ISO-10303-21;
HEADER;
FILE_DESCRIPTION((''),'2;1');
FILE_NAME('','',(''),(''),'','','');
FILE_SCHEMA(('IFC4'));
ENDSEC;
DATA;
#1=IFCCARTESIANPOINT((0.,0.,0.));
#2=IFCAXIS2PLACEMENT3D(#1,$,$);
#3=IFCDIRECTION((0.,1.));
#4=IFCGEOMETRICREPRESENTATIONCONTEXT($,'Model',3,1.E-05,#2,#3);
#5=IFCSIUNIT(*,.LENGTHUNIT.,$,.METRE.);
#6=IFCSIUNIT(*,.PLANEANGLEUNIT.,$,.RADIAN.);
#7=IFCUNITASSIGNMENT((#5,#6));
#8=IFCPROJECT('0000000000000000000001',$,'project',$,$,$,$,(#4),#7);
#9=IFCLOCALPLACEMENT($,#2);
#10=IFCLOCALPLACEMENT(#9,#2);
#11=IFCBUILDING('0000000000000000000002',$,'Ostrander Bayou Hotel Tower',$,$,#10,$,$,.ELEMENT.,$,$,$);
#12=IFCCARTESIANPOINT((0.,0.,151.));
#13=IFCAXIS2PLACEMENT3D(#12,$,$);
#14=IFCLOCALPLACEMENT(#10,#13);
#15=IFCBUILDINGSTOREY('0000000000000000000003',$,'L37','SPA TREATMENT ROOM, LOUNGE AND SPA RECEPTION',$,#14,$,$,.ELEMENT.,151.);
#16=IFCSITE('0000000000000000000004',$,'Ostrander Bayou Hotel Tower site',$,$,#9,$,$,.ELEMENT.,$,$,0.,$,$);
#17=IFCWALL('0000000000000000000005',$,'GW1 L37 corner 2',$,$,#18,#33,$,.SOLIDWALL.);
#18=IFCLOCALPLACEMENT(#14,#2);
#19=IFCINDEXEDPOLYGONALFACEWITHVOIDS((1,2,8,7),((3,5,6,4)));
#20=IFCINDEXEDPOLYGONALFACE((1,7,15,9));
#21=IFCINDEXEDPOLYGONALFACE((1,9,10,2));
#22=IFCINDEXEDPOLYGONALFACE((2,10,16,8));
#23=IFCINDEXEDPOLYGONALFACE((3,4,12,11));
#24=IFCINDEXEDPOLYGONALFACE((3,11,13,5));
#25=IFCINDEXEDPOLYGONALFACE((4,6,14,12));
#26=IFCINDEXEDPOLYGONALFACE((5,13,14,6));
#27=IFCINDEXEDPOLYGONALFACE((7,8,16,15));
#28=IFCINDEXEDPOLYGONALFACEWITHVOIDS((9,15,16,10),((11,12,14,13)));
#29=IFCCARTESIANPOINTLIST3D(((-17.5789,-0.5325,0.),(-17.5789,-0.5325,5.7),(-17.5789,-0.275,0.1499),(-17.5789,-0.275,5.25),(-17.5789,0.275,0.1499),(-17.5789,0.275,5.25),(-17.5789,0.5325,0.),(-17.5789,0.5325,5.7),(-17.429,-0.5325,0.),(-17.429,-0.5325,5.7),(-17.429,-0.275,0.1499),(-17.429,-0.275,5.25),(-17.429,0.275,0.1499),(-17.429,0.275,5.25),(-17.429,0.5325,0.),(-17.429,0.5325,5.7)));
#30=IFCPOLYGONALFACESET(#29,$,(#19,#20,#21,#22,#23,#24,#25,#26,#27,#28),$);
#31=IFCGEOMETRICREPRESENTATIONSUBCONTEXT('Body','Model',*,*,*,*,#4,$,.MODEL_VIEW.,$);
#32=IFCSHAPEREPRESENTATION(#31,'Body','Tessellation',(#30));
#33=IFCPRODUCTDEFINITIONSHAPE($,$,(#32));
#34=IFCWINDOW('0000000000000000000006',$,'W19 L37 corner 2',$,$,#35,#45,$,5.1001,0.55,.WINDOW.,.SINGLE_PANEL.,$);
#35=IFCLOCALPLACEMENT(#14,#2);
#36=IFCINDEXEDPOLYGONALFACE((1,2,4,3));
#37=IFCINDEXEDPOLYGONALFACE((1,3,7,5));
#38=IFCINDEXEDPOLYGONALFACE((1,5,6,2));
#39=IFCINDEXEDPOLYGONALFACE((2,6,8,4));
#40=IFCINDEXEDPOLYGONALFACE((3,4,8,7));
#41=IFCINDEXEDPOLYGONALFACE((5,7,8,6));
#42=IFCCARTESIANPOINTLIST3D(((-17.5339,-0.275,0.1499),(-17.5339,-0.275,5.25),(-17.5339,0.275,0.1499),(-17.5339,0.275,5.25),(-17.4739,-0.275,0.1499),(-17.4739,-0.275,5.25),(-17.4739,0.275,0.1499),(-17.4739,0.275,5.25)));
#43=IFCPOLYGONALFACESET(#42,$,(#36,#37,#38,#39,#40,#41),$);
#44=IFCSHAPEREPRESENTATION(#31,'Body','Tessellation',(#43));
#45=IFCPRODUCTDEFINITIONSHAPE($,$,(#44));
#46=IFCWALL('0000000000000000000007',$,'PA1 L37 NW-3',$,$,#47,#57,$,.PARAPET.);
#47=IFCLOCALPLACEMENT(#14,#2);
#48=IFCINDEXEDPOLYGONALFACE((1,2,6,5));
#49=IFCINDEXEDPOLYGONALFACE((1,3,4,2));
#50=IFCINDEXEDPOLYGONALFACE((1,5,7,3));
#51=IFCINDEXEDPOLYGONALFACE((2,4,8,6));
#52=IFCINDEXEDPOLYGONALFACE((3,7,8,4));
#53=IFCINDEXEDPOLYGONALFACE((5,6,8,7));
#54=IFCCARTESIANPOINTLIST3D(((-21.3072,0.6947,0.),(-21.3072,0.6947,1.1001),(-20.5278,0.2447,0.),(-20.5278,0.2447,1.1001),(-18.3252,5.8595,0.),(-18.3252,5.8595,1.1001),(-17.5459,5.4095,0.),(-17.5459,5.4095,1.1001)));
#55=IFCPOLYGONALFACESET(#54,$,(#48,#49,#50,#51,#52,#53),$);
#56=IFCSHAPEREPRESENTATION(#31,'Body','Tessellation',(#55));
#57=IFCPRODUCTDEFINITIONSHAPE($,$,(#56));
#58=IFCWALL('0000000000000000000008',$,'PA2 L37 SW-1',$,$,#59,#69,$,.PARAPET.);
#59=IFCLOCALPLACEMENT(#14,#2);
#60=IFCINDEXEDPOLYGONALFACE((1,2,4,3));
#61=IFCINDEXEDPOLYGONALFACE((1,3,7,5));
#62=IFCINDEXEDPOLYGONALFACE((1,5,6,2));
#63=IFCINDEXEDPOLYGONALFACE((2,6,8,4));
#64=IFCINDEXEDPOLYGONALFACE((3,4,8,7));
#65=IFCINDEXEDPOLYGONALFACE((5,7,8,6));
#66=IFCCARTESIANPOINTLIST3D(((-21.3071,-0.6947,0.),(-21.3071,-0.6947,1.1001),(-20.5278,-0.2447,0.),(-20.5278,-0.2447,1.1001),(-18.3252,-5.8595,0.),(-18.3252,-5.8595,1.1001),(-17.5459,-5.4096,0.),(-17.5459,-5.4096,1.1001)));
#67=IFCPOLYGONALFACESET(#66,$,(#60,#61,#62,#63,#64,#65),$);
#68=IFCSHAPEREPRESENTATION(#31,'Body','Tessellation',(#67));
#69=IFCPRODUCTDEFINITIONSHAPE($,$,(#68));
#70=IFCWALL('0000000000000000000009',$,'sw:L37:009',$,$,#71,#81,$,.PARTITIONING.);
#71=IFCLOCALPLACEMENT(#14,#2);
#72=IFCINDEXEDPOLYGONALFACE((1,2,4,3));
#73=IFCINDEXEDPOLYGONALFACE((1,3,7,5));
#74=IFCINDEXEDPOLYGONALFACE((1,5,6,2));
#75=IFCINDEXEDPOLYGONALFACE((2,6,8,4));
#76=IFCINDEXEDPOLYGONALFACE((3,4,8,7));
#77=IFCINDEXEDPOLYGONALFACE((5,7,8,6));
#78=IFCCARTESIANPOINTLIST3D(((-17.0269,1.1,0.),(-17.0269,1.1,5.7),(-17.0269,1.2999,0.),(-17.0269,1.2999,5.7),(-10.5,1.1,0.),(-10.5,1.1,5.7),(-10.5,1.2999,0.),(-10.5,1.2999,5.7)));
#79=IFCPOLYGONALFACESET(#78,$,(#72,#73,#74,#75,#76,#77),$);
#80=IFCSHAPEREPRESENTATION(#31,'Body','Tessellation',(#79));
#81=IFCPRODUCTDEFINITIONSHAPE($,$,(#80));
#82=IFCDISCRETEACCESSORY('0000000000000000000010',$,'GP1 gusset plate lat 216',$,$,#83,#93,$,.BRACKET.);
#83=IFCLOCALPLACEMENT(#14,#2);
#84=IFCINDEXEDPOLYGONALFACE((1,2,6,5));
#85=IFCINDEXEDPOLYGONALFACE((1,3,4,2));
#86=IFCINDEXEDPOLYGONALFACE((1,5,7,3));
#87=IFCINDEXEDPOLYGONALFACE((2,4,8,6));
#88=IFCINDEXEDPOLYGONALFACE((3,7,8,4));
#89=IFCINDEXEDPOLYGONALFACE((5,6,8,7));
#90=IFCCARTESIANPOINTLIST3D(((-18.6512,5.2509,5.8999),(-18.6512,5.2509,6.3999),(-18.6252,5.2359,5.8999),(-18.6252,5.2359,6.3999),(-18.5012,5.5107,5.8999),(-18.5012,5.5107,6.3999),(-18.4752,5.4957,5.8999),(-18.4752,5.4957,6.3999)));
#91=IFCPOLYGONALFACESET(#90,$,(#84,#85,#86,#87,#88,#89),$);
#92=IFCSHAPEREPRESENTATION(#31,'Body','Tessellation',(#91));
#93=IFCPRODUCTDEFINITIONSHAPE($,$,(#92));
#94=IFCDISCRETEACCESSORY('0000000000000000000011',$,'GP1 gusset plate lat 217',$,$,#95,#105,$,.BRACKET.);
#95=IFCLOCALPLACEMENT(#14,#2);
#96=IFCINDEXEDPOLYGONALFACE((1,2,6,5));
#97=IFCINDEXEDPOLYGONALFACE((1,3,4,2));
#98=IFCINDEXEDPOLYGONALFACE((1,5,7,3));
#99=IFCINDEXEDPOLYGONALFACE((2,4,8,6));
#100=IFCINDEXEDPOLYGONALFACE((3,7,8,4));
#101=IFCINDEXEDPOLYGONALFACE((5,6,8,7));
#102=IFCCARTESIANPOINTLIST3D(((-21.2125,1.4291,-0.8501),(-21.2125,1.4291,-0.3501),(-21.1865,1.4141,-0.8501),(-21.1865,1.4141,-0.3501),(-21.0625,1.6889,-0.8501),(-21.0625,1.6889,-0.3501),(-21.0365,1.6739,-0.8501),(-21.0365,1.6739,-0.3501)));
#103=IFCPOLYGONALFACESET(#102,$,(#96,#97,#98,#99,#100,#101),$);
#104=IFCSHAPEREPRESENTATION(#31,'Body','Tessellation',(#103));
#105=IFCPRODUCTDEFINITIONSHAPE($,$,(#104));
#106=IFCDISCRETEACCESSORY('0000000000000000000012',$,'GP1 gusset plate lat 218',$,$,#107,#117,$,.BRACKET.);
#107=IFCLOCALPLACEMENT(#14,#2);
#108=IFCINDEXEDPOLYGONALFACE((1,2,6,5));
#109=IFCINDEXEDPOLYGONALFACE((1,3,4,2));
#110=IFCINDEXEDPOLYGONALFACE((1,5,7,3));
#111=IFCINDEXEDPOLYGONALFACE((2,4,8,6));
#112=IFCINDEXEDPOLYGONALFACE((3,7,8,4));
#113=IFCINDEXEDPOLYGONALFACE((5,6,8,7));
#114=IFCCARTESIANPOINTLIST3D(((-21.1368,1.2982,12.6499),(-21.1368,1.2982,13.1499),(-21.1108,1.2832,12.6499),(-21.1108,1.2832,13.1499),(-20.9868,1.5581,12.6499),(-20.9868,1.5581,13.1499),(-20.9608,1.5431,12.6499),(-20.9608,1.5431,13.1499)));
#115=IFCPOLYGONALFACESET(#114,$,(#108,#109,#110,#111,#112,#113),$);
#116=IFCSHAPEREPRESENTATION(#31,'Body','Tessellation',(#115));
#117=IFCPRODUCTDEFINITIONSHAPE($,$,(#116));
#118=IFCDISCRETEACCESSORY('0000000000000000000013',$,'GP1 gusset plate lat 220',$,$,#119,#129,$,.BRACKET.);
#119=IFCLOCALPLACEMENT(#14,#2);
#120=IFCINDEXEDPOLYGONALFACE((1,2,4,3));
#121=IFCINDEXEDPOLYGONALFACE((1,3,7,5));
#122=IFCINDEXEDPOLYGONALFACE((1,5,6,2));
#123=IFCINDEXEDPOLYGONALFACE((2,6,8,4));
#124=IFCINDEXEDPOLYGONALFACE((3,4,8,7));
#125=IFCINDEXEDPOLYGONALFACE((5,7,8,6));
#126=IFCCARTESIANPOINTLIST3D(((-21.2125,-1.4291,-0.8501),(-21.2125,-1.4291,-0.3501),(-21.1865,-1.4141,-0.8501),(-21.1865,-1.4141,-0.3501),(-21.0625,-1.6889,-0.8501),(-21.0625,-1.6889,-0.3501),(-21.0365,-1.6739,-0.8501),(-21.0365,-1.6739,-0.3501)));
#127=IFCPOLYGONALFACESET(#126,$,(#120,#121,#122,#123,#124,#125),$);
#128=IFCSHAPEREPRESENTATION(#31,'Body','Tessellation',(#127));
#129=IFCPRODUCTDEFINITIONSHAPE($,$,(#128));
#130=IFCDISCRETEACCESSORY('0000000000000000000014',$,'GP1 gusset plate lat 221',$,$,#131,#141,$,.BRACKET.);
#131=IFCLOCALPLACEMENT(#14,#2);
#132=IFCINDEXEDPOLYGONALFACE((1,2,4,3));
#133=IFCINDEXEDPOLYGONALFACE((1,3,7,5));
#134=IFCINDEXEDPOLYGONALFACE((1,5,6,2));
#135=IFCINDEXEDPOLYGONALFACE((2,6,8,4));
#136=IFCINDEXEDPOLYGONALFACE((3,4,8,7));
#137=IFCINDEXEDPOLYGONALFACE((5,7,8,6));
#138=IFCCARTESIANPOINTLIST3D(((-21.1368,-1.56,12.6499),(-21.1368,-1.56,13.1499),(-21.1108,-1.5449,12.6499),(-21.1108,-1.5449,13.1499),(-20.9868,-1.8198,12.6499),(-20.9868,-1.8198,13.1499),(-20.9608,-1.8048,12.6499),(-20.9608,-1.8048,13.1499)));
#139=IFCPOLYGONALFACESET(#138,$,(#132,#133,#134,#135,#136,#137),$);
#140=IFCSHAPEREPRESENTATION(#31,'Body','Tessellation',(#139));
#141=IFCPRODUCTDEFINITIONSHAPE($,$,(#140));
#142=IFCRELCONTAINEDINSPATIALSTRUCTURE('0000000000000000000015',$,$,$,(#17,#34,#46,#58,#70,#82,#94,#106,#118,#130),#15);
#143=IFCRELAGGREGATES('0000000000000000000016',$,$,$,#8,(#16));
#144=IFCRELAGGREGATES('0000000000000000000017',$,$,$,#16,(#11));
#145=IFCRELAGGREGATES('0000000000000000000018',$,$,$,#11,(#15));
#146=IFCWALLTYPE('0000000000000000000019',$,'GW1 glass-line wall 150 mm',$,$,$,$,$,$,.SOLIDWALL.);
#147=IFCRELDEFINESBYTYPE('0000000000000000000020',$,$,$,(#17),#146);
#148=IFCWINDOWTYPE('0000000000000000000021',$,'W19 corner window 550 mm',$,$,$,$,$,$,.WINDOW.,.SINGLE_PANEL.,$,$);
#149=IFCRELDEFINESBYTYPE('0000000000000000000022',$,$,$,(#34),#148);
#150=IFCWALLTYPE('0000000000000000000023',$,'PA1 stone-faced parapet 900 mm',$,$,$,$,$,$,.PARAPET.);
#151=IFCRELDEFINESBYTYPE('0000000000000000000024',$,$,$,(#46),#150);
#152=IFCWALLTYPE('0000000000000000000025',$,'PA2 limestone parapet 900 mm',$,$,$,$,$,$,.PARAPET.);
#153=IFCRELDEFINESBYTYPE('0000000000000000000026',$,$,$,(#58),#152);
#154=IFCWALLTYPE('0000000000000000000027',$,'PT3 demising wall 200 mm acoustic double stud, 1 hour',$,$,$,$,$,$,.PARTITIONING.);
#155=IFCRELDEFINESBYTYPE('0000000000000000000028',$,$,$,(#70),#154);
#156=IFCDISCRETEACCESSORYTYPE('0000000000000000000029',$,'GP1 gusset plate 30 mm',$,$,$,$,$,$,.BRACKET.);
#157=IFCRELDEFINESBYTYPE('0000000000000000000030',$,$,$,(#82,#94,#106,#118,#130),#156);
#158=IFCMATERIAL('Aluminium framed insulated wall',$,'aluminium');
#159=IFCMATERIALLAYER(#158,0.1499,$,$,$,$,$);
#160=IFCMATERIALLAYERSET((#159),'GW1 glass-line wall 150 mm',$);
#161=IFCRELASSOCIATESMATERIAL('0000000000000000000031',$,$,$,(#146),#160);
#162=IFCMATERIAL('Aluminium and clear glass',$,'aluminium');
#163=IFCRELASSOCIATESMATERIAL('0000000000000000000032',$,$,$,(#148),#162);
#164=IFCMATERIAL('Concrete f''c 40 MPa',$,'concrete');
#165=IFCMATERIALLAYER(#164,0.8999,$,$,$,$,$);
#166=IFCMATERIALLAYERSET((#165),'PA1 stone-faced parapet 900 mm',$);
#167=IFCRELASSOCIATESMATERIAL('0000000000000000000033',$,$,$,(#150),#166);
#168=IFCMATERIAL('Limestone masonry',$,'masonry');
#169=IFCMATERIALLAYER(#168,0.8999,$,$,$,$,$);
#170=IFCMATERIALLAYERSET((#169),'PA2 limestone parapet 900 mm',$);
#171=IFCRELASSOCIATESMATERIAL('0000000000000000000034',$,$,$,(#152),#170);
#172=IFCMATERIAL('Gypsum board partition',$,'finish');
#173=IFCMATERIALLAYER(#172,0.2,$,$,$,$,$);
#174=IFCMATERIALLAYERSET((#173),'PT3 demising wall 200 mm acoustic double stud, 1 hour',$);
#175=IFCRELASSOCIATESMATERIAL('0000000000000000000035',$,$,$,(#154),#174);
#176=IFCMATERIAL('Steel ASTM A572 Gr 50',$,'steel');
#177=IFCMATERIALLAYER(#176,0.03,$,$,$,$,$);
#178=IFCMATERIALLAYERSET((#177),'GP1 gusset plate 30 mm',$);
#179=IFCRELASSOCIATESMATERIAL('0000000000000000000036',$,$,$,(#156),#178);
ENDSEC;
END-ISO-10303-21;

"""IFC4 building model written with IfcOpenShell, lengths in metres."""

from ifc_helpers import new_model, si_unit, direction, frame, frame_2d, origin, origin_2d, place, context, subcontext, project, spatial, rectangle, extrude, material, layer, layer_set, type_object, element, fill, save


model = new_model("IFC4")

# Units and contexts
model_context = context("Model", 3, precision=1e-05, world=origin(), true_north=direction((0.0, 1.0)))
body_context = subcontext(model_context, "Body", "Model", "MODEL_VIEW")
ifc_project = project(units=[si_unit("LENGTHUNIT", "METRE"), si_unit("PLANEANGLEUNIT", "RADIAN")], contexts=[model_context])

# Site, building, storey
site_placement = place(None, origin())
site = spatial("IfcSite", under=ifc_project, at=site_placement, Name="Ostrander Bayou Hotel Tower site", CompositionType="ELEMENT", RefElevation=0.0)
building_placement = place(site_placement, origin())
building = spatial("IfcBuilding", under=site, at=building_placement, Name="Ostrander Bayou Hotel Tower", CompositionType="ELEMENT")
storey_placement = place(building_placement, frame((0.0, 0.0, 151.0)))
storey = spatial("IfcBuildingStorey", under=building, at=storey_placement, Name="L37", Description="SPA TREATMENT ROOM, LOUNGE AND SPA RECEPTION", CompositionType="ELEMENT", Elevation=151.0)

# Shared definitions
ifc_material_1 = material(Name="Aluminium framed insulated wall", Category="aluminium")
ifc_layer_1 = layer(ifc_material_1, 0.1499)
ifc_layer_set_1 = layer_set([ifc_layer_1], Name="GW1 glass-line wall 150 mm")
wall_type_1 = type_object("IfcWallType", Name="GW1 glass-line wall 150 mm", PredefinedType="SOLIDWALL", material=ifc_layer_set_1)

# Wall, opening, window
wall_1_placement = place(storey_placement, frame((-17.5039, 0.5325, 0.0), z_axis=(0.0, 0.0, 1.0), x_axis=(0.0, -1.0, 0.0)))
wall_1 = element("IfcWall", 1, at=wall_1_placement, inside=storey, type_object=wall_type_1, Name="GW1 L37 corner 2", PredefinedType="SOLIDWALL", context=body_context, shape_type="SweptSolid", body=[
    extrude(rectangle(XDim=1.0649, YDim=0.1499, at=frame_2d((0.5325, 0.0))), origin(), (0.0, 0.0, 1.0), 5.7),
])
opening_placement = place(wall_1_placement, frame((0.2576, 0.0, 0.1499)))
opening = element("IfcOpeningElement", 2, at=opening_placement, cuts=wall_1, PredefinedType="OPENING", context=body_context, shape_type="SweptSolid", body=[
    extrude(rectangle(XDim=0.55, YDim=5.1001, at=frame_2d((0.2749, 2.55))), frame((0.0, 0.075, 0.0), z_axis=(0.0, -1.0, 0.0), x_axis=(1.0, 0.0, 0.0)), (0.0, 0.0, 1.0), 0.1499),
])
ifc_material_2 = material(Name="Aluminium and clear glass", Category="aluminium")
window_type = type_object("IfcWindowType", Name="W19 corner window 550 mm", PartitioningType="SINGLE_PANEL", PredefinedType="WINDOW", material=ifc_material_2)
window_placement = place(opening_placement, origin())
window = element("IfcWindow", 3, at=window_placement, inside=storey, type_object=window_type, Name="W19 L37 corner 2", OverallHeight=5.1001, OverallWidth=0.55, PartitioningType="SINGLE_PANEL", PredefinedType="WINDOW", context=body_context, shape_type="SweptSolid", body=[
    extrude(rectangle(XDim=0.55, YDim=5.1001, at=frame_2d((0.2749, 2.55))), frame((0.0, 0.03, 0.0), z_axis=(0.0, -1.0, 0.0), x_axis=(1.0, 0.0, 0.0)), (0.0, 0.0, 1.0), 0.0601),
])
fill(opening, window)

# Walls
ifc_material_3 = material(Name="Concrete f'c 40 MPa", Category="concrete")
ifc_layer_2 = layer(ifc_material_3, 0.8999)
ifc_layer_set_2 = layer_set([ifc_layer_2], Name="PA1 stone-faced parapet 900 mm")
wall_type_2 = type_object("IfcWallType", Name="PA1 stone-faced parapet 900 mm", PredefinedType="PARAPET", material=ifc_layer_set_2)
wall_2_placement = place(storey_placement, frame((-17.9355, 5.6345, 0.0), z_axis=(0.0, 0.0, 1.0), x_axis=(-0.500005, -0.866023, 0.0)))
element("IfcWall", 4, at=wall_2_placement, inside=storey, type_object=wall_type_2, Name="PA1 L37 NW-3", PredefinedType="PARAPET", context=body_context, shape_type="SweptSolid", body=[
    extrude(rectangle(XDim=5.9639, YDim=0.8999, at=frame_2d((2.9819, 0.0))), origin(), (0.0, 0.0, 1.0), 1.1001),
])
ifc_material_4 = material(Name="Limestone masonry", Category="masonry")
ifc_layer_3 = layer(ifc_material_4, 0.8999)
ifc_layer_set_3 = layer_set([ifc_layer_3], Name="PA2 limestone parapet 900 mm")
wall_type_3 = type_object("IfcWallType", Name="PA2 limestone parapet 900 mm", PredefinedType="PARAPET", material=ifc_layer_set_3)
wall_3_placement = place(storey_placement, frame((-20.9175, -0.4697, 0.0), z_axis=(0.0, 0.0, 1.0), x_axis=(0.500005, -0.866023, 0.0)))
element("IfcWall", 5, at=wall_3_placement, inside=storey, type_object=wall_type_3, Name="PA2 L37 SW-1", PredefinedType="PARAPET", context=body_context, shape_type="SweptSolid", body=[
    extrude(rectangle(XDim=5.9639, YDim=0.8999, at=frame_2d((2.9819, 0.0))), origin(), (0.0, 0.0, 1.0), 1.1001),
])
ifc_material_5 = material(Name="Gypsum board partition", Category="finish")
ifc_layer_4 = layer(ifc_material_5, 0.2)
ifc_layer_set_4 = layer_set([ifc_layer_4], Name="PT3 demising wall 200 mm acoustic double stud, 1 hour")
wall_type_4 = type_object("IfcWallType", Name="PT3 demising wall 200 mm acoustic double stud, 1 hour", PredefinedType="PARTITIONING", material=ifc_layer_set_4)
wall_4_placement = place(storey_placement, frame((-17.0269, 1.2, 0.0), z_axis=(0.0, 0.0, 1.0), x_axis=(1.0, 0.0, 0.0)))
element("IfcWall", 6, at=wall_4_placement, inside=storey, type_object=wall_type_4, Name="sw:L37:009", PredefinedType="PARTITIONING", context=body_context, shape_type="SweptSolid", body=[
    extrude(rectangle(XDim=6.5269, YDim=0.2, at=frame_2d((3.2634, 0.0))), origin(), (0.0, 0.0, 1.0), 5.7),
])

# Discrete accessories
ifc_material_6 = material(Name="Steel ASTM A572 Gr 50", Category="steel")
ifc_layer_5 = layer(ifc_material_6, 0.03)
ifc_layer_set_5 = layer_set([ifc_layer_5], Name="GP1 gusset plate 30 mm")
discrete_accessory_type = type_object("IfcDiscreteAccessoryType", Name="GP1 gusset plate 30 mm", PredefinedType="BRACKET", material=ifc_layer_set_5)
for number, where, z_axis, x_axis, name in (
    (7, (-18.5632, 5.3733, 5.8999), (0.0, 0.0, 1.0), (-0.5, -0.866025, 0.0), "GP1 gusset plate lat 216"),
    (8, (-21.1245, 1.5515, -0.8501), (0.0, 0.0, 1.0), (-0.5, -0.866025, 0.0), "GP1 gusset plate lat 217"),
    (9, (-21.0488, 1.4207, 12.6499), (0.0, 0.0, 1.0), (-0.5, -0.866025, 0.0), "GP1 gusset plate lat 218"),
    (10, (-21.1245, -1.5515, -0.8501), (0.0, 0.0, 1.0), (0.5, -0.866025, 0.0), "GP1 gusset plate lat 220"),
    (11, (-21.0488, -1.6824, 12.6499), (0.0, 0.0, 1.0), (0.5, -0.866025, 0.0), "GP1 gusset plate lat 221"),
):
    element("IfcDiscreteAccessory", number, at=place(storey_placement, frame(where, z_axis=z_axis, x_axis=x_axis)), inside=storey, type_object=discrete_accessory_type, Name=name, PredefinedType="BRACKET", context=body_context, shape_type="SweptSolid", body=[
        extrude(rectangle(XDim=0.3, YDim=0.03, at=origin_2d()), origin(), (0.0, 0.0, 1.0), 0.5),
    ])

save(model, "model.ifc")
